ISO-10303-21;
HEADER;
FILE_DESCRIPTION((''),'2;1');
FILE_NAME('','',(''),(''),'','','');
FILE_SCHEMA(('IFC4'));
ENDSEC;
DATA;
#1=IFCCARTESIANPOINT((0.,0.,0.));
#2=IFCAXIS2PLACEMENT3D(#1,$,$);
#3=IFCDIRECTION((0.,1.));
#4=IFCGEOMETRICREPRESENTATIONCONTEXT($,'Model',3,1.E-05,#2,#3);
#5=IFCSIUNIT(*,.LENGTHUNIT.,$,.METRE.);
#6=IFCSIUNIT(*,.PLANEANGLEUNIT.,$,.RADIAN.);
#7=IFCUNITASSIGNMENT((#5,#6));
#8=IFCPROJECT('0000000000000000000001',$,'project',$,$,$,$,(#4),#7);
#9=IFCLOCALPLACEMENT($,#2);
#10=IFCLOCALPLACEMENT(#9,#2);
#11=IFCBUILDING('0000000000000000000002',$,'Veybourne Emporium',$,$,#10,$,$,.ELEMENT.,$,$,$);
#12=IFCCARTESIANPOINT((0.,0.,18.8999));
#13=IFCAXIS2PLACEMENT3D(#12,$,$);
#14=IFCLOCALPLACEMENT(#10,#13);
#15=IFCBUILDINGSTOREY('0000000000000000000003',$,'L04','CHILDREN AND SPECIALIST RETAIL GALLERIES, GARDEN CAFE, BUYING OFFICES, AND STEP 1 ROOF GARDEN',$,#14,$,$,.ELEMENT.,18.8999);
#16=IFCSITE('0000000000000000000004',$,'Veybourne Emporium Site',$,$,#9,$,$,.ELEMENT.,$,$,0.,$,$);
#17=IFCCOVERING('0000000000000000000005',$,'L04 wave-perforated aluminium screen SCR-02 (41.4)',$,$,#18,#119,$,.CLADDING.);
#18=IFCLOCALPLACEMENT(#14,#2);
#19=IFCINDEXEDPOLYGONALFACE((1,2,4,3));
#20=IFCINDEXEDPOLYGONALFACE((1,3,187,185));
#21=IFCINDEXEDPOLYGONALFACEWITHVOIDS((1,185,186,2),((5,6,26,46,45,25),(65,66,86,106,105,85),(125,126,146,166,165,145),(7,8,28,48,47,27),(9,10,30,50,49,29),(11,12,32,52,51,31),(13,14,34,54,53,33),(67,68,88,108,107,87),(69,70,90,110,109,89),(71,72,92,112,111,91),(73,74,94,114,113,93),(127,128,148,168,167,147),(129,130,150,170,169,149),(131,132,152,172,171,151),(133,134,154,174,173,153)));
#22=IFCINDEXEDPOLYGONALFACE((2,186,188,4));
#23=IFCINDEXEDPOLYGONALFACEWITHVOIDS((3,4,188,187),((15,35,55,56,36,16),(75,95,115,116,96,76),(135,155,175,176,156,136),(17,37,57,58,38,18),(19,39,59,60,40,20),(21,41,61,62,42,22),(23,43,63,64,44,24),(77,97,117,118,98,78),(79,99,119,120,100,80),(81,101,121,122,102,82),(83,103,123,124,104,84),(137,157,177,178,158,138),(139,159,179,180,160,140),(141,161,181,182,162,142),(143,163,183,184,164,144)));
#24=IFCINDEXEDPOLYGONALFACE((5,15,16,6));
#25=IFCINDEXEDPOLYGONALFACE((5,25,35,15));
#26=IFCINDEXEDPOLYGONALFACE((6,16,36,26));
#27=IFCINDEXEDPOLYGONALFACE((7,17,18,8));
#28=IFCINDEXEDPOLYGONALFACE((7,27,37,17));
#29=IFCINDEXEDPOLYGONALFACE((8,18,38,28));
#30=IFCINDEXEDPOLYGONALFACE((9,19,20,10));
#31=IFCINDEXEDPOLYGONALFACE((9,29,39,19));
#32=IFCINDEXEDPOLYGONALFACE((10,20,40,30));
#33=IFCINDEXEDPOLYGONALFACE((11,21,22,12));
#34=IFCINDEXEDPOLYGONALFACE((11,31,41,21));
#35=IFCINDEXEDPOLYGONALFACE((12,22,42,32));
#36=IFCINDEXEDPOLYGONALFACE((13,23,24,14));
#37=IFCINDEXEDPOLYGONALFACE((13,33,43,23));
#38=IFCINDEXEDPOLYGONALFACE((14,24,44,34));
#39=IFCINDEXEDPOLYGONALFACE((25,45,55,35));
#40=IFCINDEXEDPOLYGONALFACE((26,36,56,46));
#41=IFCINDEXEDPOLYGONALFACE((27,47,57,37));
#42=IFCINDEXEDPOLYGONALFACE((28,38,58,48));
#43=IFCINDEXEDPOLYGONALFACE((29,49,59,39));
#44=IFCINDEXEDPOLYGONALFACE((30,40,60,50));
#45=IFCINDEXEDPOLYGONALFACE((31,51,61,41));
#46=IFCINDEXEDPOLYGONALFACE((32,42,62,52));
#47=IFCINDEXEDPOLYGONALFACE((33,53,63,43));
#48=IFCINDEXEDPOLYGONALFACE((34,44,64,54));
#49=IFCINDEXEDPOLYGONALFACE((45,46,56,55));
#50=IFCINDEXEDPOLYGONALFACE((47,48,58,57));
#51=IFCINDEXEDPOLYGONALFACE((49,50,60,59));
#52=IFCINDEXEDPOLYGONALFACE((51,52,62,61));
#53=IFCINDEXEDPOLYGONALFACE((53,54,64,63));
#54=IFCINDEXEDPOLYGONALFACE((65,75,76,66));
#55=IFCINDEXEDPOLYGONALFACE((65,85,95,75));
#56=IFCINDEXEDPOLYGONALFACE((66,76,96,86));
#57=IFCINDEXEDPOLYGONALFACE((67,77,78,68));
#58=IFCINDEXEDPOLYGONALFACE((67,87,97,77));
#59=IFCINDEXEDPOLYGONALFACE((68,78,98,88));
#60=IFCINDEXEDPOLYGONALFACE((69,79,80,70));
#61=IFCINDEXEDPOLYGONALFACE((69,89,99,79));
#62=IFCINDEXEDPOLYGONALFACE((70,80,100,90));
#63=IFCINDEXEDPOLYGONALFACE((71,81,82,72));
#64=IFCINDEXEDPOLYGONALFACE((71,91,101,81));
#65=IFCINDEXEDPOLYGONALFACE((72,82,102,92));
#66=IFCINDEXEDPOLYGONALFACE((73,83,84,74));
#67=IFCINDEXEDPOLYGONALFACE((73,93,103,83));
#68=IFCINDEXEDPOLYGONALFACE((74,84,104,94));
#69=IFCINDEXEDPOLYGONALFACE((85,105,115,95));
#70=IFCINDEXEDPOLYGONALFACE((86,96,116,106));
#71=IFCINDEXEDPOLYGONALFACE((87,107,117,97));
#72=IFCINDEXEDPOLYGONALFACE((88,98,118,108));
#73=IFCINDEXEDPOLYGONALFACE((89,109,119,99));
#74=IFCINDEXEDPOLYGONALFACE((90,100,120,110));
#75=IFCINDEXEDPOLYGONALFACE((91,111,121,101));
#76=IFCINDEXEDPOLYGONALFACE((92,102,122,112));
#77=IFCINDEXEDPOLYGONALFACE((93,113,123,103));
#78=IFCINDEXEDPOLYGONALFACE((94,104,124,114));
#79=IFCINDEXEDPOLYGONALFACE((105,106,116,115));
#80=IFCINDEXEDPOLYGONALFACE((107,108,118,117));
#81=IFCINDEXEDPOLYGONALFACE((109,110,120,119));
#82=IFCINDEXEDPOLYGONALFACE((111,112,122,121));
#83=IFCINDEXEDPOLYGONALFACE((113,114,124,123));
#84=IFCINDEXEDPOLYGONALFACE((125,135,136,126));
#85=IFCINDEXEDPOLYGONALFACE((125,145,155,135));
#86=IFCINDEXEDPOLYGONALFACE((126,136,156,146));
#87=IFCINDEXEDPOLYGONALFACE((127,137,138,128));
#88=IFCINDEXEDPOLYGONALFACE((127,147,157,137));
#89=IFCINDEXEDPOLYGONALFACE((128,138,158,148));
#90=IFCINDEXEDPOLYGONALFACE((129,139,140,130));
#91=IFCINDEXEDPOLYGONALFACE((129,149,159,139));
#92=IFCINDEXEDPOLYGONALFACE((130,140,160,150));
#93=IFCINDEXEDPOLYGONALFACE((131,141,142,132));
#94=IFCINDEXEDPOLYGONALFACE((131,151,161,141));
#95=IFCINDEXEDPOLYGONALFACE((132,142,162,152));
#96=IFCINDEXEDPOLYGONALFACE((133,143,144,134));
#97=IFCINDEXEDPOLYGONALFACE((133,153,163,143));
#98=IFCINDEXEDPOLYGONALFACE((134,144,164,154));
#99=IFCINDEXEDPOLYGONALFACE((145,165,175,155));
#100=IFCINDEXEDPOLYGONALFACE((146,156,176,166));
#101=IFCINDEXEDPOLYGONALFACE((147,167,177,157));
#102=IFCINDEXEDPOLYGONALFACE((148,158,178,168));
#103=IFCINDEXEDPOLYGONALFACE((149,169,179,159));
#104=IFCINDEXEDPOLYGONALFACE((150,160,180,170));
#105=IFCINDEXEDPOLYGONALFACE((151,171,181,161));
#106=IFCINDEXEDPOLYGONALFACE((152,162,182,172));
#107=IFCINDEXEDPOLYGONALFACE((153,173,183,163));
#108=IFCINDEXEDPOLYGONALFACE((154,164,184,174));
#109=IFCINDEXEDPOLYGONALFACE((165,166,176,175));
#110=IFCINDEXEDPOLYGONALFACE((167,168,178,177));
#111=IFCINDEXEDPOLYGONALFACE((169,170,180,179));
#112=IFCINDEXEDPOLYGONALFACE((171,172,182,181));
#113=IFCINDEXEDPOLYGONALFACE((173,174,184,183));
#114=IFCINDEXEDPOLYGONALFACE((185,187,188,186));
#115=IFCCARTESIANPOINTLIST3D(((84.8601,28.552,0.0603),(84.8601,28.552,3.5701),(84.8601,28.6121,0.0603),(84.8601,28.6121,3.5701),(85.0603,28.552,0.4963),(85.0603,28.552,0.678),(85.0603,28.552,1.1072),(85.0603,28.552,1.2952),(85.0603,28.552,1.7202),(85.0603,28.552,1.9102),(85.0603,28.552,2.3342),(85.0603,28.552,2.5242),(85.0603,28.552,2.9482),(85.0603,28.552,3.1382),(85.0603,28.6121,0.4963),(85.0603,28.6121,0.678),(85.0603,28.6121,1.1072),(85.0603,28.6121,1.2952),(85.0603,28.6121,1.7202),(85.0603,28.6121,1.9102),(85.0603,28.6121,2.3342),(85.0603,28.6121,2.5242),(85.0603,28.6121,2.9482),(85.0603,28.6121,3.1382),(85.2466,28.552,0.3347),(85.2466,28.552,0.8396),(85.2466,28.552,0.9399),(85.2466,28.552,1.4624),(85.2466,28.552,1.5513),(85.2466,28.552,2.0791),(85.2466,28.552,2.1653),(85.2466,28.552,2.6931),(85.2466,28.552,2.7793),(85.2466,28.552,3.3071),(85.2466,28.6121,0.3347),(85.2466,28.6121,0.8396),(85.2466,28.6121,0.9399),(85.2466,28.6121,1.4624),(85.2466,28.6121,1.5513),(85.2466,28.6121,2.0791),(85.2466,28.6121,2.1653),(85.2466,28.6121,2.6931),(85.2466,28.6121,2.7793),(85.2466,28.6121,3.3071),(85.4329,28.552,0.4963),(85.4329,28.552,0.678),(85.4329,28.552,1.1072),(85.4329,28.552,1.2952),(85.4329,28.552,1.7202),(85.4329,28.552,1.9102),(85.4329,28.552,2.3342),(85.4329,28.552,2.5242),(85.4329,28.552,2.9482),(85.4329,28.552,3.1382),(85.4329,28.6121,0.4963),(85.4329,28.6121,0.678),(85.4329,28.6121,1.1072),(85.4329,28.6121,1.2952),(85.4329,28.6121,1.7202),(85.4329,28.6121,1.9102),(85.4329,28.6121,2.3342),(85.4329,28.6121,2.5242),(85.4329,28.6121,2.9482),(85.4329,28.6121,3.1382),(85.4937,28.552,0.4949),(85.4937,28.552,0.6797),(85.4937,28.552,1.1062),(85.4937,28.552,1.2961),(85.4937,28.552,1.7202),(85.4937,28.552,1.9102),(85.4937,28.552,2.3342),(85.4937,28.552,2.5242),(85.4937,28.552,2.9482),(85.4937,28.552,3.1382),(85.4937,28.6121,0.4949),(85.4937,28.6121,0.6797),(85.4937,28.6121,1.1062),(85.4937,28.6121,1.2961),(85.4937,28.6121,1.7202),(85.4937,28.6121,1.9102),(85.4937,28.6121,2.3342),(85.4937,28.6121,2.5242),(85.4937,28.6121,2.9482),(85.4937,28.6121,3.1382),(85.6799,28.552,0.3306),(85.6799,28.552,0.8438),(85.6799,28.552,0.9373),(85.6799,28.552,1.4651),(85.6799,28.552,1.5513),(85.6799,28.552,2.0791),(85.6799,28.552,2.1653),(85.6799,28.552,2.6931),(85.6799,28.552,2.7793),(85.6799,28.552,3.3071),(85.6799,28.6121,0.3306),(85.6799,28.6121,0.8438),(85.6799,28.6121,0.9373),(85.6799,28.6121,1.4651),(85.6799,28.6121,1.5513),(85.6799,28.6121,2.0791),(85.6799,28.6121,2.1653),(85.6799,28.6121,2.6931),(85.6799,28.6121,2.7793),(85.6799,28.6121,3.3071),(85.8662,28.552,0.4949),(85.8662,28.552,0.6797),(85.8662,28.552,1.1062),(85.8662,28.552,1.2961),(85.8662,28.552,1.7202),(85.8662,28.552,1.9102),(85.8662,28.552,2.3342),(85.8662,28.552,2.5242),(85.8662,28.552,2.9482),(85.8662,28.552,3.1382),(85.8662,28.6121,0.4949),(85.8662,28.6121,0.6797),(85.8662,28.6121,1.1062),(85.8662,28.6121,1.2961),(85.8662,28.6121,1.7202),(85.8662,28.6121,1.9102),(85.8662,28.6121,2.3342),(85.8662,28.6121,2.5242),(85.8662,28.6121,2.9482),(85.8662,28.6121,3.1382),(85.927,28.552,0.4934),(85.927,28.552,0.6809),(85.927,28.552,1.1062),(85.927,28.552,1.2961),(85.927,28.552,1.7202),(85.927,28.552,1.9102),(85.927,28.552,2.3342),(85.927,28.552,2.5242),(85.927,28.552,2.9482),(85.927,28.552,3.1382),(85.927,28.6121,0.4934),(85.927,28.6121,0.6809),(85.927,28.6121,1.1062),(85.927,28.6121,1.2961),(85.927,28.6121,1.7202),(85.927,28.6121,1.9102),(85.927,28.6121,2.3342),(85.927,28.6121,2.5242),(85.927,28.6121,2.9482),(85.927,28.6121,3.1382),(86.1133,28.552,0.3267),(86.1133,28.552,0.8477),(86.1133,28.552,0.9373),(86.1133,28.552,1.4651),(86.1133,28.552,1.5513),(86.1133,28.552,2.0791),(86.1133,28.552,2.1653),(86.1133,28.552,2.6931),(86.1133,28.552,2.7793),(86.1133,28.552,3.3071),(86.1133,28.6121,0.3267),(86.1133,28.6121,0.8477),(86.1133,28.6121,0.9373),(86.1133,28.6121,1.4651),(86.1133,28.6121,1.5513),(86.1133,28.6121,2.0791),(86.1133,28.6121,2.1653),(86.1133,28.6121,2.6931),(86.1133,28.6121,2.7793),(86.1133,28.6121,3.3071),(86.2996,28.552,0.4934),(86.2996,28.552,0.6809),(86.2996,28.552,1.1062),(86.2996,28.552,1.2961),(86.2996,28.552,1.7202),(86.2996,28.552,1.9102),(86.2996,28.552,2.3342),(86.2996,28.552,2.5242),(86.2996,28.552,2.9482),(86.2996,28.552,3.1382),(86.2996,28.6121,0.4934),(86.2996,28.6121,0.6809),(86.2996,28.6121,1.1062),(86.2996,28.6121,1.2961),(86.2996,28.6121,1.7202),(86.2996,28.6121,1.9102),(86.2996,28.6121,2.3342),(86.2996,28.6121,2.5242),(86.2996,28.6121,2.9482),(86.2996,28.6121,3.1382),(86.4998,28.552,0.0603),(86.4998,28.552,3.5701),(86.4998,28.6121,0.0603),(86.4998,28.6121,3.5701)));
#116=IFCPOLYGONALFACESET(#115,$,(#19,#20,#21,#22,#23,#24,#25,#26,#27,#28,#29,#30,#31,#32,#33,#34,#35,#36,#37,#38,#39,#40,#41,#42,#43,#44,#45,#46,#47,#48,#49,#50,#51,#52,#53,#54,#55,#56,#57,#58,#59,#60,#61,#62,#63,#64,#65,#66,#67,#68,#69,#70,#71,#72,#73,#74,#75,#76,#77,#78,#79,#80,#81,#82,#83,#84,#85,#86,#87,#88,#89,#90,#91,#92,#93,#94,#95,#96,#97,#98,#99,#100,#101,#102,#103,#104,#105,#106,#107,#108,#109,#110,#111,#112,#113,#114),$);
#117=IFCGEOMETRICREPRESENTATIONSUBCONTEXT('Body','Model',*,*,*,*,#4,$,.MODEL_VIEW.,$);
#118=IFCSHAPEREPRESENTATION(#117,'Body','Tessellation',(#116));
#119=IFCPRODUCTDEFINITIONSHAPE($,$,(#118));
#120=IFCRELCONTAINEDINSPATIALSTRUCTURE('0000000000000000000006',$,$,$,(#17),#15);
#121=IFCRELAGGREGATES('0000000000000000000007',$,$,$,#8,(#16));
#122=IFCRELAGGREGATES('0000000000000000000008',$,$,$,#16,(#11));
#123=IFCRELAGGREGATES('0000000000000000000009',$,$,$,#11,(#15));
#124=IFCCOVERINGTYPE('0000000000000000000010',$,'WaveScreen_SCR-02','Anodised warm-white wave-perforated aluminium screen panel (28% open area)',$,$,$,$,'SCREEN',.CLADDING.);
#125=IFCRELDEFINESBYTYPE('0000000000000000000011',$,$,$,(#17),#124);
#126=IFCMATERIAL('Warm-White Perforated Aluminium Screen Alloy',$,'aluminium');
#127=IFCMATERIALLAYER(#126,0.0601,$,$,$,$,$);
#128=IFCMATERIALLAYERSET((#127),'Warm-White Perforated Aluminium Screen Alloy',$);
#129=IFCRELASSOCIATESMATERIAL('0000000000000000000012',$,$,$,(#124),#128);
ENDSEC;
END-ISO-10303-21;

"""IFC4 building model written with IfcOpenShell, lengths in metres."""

from ifc_helpers import new_model, si_unit, direction, frame, origin, place, context, subcontext, project, spatial, polyline, outline, extrude, material, layer, layer_set, type_object, element, save


model = new_model("IFC4")

# Units and contexts
model_context = context("Model", 3, precision=1e-05, world=origin(), true_north=direction((0.0, 1.0)))
body_context = subcontext(model_context, "Body", "Model", "MODEL_VIEW")
ifc_project = project(units=[si_unit("LENGTHUNIT", "METRE"), si_unit("PLANEANGLEUNIT", "RADIAN")], contexts=[model_context])

# Site, building, storey
site_placement = place(None, origin())
site = spatial("IfcSite", under=ifc_project, at=site_placement, Name="Veybourne Emporium Site", CompositionType="ELEMENT", RefElevation=0.0)
building_placement = place(site_placement, origin())
building = spatial("IfcBuilding", under=site, at=building_placement, Name="Veybourne Emporium", CompositionType="ELEMENT")
storey_placement = place(building_placement, frame((0.0, 0.0, 18.8999)))
storey = spatial("IfcBuildingStorey", under=building, at=storey_placement, Name="L04", Description="CHILDREN AND SPECIALIST RETAIL GALLERIES, GARDEN CAFE, BUYING OFFICES, AND STEP 1 ROOF GARDEN", CompositionType="ELEMENT", Elevation=18.8999)

# Covering
ifc_material_1 = material(Name="Warm-White Perforated Aluminium Screen Alloy", Category="aluminium")
ifc_layer_1 = layer(ifc_material_1, 0.0601)
ifc_layer_set_1 = layer_set([ifc_layer_1], Name="Warm-White Perforated Aluminium Screen Alloy")
covering_type_1 = type_object("IfcCoveringType", Name="WaveScreen_SCR-02", Description="Anodised warm-white wave-perforated aluminium screen panel (28% open area)", ElementType="SCREEN", PredefinedType="CLADDING", material=ifc_layer_set_1)
covering_1_placement = place(storey_placement, frame((85.6799, 28.552, 1.8152), z_axis=(0.0, 1.0, 0.0), x_axis=(-1.0, 0.0, 0.0)))
element("IfcCovering", 1, at=covering_1_placement, inside=storey, type_object=covering_type_1, Name="L04 wave-perforated aluminium screen SCR-02 (41.4)", PredefinedType="CLADDING", context=body_context, shape_type="SweptSolid", body=[
    extrude(outline(polyline([(-0.8198, -1.7549), (0.8198, -1.7549), (0.8198, 1.7549), (-0.8198, 1.7549), (-0.8198, -1.7549)]), holes=[polyline([(-0.4333, -0.9675), (-0.2471, -1.1343), (-0.2471, -1.3218), (-0.4333, -1.4885), (-0.6196, -1.3218), (-0.6196, -1.1343), (-0.4333, -0.9675)]), polyline([(-0.4333, -0.3501), (-0.2471, -0.519), (-0.2471, -0.709), (-0.4333, -0.8779), (-0.6196, -0.709), (-0.6196, -0.519), (-0.4333, -0.3501)]), polyline([(-0.4333, 0.2639), (-0.2471, 0.095), (-0.2471, -0.095), (-0.4333, -0.2639), (-0.6196, -0.095), (-0.6196, 0.095), (-0.4333, 0.2639)]), polyline([(-0.4333, 0.8779), (-0.2471, 0.709), (-0.2471, 0.519), (-0.4333, 0.3501), (-0.6196, 0.519), (-0.6196, 0.709), (-0.4333, 0.8779)]), polyline([(-0.4333, 1.4919), (-0.2471, 1.323), (-0.2471, 1.1331), (-0.4333, 0.9641), (-0.6196, 1.1331), (-0.6196, 1.323), (-0.4333, 1.4919)]), polyline([(0.0, -0.9714), (0.1863, -1.1355), (0.1863, -1.3203), (0.0, -1.4846), (-0.1863, -1.3203), (-0.1863, -1.1355), (0.0, -0.9714)]), polyline([(0.0, -0.3501), (0.1863, -0.519), (0.1863, -0.709), (0.0, -0.8779), (-0.1863, -0.709), (-0.1863, -0.519), (0.0, -0.3501)]), polyline([(0.0, 0.2639), (0.1863, 0.095), (0.1863, -0.095), (0.0, -0.2639), (-0.1863, -0.095), (-0.1863, 0.095), (0.0, 0.2639)]), polyline([(0.0, 0.8779), (0.1863, 0.709), (0.1863, 0.519), (0.0, 0.3501), (-0.1863, 0.519), (-0.1863, 0.709), (0.0, 0.8779)]), polyline([(0.0, 1.4919), (0.1863, 1.323), (0.1863, 1.1331), (0.0, 0.9641), (-0.1863, 1.1331), (-0.1863, 1.323), (0.0, 1.4919)]), polyline([(0.4333, -0.9756), (0.6196, -1.1372), (0.6196, -1.3188), (0.4333, -1.4805), (0.2471, -1.3188), (0.2471, -1.1372), (0.4333, -0.9756)]), polyline([(0.4333, -0.3528), (0.6196, -0.52), (0.6196, -0.708), (0.4333, -0.8752), (0.2471, -0.708), (0.2471, -0.52), (0.4333, -0.3528)]), polyline([(0.4333, 0.2639), (0.6196, 0.095), (0.6196, -0.095), (0.4333, -0.2639), (0.2471, -0.095), (0.2471, 0.095), (0.4333, 0.2639)]), polyline([(0.4333, 0.8779), (0.6196, 0.709), (0.6196, 0.519), (0.4333, 0.3501), (0.2471, 0.519), (0.2471, 0.709), (0.4333, 0.8779)]), polyline([(0.4333, 1.4919), (0.6196, 1.323), (0.6196, 1.1331), (0.4333, 0.9641), (0.2471, 1.1331), (0.2471, 1.323), (0.4333, 1.4919)])]), origin(), (0.0, 0.0, 1.0), 0.0601),
])

save(model, "model.ifc")
